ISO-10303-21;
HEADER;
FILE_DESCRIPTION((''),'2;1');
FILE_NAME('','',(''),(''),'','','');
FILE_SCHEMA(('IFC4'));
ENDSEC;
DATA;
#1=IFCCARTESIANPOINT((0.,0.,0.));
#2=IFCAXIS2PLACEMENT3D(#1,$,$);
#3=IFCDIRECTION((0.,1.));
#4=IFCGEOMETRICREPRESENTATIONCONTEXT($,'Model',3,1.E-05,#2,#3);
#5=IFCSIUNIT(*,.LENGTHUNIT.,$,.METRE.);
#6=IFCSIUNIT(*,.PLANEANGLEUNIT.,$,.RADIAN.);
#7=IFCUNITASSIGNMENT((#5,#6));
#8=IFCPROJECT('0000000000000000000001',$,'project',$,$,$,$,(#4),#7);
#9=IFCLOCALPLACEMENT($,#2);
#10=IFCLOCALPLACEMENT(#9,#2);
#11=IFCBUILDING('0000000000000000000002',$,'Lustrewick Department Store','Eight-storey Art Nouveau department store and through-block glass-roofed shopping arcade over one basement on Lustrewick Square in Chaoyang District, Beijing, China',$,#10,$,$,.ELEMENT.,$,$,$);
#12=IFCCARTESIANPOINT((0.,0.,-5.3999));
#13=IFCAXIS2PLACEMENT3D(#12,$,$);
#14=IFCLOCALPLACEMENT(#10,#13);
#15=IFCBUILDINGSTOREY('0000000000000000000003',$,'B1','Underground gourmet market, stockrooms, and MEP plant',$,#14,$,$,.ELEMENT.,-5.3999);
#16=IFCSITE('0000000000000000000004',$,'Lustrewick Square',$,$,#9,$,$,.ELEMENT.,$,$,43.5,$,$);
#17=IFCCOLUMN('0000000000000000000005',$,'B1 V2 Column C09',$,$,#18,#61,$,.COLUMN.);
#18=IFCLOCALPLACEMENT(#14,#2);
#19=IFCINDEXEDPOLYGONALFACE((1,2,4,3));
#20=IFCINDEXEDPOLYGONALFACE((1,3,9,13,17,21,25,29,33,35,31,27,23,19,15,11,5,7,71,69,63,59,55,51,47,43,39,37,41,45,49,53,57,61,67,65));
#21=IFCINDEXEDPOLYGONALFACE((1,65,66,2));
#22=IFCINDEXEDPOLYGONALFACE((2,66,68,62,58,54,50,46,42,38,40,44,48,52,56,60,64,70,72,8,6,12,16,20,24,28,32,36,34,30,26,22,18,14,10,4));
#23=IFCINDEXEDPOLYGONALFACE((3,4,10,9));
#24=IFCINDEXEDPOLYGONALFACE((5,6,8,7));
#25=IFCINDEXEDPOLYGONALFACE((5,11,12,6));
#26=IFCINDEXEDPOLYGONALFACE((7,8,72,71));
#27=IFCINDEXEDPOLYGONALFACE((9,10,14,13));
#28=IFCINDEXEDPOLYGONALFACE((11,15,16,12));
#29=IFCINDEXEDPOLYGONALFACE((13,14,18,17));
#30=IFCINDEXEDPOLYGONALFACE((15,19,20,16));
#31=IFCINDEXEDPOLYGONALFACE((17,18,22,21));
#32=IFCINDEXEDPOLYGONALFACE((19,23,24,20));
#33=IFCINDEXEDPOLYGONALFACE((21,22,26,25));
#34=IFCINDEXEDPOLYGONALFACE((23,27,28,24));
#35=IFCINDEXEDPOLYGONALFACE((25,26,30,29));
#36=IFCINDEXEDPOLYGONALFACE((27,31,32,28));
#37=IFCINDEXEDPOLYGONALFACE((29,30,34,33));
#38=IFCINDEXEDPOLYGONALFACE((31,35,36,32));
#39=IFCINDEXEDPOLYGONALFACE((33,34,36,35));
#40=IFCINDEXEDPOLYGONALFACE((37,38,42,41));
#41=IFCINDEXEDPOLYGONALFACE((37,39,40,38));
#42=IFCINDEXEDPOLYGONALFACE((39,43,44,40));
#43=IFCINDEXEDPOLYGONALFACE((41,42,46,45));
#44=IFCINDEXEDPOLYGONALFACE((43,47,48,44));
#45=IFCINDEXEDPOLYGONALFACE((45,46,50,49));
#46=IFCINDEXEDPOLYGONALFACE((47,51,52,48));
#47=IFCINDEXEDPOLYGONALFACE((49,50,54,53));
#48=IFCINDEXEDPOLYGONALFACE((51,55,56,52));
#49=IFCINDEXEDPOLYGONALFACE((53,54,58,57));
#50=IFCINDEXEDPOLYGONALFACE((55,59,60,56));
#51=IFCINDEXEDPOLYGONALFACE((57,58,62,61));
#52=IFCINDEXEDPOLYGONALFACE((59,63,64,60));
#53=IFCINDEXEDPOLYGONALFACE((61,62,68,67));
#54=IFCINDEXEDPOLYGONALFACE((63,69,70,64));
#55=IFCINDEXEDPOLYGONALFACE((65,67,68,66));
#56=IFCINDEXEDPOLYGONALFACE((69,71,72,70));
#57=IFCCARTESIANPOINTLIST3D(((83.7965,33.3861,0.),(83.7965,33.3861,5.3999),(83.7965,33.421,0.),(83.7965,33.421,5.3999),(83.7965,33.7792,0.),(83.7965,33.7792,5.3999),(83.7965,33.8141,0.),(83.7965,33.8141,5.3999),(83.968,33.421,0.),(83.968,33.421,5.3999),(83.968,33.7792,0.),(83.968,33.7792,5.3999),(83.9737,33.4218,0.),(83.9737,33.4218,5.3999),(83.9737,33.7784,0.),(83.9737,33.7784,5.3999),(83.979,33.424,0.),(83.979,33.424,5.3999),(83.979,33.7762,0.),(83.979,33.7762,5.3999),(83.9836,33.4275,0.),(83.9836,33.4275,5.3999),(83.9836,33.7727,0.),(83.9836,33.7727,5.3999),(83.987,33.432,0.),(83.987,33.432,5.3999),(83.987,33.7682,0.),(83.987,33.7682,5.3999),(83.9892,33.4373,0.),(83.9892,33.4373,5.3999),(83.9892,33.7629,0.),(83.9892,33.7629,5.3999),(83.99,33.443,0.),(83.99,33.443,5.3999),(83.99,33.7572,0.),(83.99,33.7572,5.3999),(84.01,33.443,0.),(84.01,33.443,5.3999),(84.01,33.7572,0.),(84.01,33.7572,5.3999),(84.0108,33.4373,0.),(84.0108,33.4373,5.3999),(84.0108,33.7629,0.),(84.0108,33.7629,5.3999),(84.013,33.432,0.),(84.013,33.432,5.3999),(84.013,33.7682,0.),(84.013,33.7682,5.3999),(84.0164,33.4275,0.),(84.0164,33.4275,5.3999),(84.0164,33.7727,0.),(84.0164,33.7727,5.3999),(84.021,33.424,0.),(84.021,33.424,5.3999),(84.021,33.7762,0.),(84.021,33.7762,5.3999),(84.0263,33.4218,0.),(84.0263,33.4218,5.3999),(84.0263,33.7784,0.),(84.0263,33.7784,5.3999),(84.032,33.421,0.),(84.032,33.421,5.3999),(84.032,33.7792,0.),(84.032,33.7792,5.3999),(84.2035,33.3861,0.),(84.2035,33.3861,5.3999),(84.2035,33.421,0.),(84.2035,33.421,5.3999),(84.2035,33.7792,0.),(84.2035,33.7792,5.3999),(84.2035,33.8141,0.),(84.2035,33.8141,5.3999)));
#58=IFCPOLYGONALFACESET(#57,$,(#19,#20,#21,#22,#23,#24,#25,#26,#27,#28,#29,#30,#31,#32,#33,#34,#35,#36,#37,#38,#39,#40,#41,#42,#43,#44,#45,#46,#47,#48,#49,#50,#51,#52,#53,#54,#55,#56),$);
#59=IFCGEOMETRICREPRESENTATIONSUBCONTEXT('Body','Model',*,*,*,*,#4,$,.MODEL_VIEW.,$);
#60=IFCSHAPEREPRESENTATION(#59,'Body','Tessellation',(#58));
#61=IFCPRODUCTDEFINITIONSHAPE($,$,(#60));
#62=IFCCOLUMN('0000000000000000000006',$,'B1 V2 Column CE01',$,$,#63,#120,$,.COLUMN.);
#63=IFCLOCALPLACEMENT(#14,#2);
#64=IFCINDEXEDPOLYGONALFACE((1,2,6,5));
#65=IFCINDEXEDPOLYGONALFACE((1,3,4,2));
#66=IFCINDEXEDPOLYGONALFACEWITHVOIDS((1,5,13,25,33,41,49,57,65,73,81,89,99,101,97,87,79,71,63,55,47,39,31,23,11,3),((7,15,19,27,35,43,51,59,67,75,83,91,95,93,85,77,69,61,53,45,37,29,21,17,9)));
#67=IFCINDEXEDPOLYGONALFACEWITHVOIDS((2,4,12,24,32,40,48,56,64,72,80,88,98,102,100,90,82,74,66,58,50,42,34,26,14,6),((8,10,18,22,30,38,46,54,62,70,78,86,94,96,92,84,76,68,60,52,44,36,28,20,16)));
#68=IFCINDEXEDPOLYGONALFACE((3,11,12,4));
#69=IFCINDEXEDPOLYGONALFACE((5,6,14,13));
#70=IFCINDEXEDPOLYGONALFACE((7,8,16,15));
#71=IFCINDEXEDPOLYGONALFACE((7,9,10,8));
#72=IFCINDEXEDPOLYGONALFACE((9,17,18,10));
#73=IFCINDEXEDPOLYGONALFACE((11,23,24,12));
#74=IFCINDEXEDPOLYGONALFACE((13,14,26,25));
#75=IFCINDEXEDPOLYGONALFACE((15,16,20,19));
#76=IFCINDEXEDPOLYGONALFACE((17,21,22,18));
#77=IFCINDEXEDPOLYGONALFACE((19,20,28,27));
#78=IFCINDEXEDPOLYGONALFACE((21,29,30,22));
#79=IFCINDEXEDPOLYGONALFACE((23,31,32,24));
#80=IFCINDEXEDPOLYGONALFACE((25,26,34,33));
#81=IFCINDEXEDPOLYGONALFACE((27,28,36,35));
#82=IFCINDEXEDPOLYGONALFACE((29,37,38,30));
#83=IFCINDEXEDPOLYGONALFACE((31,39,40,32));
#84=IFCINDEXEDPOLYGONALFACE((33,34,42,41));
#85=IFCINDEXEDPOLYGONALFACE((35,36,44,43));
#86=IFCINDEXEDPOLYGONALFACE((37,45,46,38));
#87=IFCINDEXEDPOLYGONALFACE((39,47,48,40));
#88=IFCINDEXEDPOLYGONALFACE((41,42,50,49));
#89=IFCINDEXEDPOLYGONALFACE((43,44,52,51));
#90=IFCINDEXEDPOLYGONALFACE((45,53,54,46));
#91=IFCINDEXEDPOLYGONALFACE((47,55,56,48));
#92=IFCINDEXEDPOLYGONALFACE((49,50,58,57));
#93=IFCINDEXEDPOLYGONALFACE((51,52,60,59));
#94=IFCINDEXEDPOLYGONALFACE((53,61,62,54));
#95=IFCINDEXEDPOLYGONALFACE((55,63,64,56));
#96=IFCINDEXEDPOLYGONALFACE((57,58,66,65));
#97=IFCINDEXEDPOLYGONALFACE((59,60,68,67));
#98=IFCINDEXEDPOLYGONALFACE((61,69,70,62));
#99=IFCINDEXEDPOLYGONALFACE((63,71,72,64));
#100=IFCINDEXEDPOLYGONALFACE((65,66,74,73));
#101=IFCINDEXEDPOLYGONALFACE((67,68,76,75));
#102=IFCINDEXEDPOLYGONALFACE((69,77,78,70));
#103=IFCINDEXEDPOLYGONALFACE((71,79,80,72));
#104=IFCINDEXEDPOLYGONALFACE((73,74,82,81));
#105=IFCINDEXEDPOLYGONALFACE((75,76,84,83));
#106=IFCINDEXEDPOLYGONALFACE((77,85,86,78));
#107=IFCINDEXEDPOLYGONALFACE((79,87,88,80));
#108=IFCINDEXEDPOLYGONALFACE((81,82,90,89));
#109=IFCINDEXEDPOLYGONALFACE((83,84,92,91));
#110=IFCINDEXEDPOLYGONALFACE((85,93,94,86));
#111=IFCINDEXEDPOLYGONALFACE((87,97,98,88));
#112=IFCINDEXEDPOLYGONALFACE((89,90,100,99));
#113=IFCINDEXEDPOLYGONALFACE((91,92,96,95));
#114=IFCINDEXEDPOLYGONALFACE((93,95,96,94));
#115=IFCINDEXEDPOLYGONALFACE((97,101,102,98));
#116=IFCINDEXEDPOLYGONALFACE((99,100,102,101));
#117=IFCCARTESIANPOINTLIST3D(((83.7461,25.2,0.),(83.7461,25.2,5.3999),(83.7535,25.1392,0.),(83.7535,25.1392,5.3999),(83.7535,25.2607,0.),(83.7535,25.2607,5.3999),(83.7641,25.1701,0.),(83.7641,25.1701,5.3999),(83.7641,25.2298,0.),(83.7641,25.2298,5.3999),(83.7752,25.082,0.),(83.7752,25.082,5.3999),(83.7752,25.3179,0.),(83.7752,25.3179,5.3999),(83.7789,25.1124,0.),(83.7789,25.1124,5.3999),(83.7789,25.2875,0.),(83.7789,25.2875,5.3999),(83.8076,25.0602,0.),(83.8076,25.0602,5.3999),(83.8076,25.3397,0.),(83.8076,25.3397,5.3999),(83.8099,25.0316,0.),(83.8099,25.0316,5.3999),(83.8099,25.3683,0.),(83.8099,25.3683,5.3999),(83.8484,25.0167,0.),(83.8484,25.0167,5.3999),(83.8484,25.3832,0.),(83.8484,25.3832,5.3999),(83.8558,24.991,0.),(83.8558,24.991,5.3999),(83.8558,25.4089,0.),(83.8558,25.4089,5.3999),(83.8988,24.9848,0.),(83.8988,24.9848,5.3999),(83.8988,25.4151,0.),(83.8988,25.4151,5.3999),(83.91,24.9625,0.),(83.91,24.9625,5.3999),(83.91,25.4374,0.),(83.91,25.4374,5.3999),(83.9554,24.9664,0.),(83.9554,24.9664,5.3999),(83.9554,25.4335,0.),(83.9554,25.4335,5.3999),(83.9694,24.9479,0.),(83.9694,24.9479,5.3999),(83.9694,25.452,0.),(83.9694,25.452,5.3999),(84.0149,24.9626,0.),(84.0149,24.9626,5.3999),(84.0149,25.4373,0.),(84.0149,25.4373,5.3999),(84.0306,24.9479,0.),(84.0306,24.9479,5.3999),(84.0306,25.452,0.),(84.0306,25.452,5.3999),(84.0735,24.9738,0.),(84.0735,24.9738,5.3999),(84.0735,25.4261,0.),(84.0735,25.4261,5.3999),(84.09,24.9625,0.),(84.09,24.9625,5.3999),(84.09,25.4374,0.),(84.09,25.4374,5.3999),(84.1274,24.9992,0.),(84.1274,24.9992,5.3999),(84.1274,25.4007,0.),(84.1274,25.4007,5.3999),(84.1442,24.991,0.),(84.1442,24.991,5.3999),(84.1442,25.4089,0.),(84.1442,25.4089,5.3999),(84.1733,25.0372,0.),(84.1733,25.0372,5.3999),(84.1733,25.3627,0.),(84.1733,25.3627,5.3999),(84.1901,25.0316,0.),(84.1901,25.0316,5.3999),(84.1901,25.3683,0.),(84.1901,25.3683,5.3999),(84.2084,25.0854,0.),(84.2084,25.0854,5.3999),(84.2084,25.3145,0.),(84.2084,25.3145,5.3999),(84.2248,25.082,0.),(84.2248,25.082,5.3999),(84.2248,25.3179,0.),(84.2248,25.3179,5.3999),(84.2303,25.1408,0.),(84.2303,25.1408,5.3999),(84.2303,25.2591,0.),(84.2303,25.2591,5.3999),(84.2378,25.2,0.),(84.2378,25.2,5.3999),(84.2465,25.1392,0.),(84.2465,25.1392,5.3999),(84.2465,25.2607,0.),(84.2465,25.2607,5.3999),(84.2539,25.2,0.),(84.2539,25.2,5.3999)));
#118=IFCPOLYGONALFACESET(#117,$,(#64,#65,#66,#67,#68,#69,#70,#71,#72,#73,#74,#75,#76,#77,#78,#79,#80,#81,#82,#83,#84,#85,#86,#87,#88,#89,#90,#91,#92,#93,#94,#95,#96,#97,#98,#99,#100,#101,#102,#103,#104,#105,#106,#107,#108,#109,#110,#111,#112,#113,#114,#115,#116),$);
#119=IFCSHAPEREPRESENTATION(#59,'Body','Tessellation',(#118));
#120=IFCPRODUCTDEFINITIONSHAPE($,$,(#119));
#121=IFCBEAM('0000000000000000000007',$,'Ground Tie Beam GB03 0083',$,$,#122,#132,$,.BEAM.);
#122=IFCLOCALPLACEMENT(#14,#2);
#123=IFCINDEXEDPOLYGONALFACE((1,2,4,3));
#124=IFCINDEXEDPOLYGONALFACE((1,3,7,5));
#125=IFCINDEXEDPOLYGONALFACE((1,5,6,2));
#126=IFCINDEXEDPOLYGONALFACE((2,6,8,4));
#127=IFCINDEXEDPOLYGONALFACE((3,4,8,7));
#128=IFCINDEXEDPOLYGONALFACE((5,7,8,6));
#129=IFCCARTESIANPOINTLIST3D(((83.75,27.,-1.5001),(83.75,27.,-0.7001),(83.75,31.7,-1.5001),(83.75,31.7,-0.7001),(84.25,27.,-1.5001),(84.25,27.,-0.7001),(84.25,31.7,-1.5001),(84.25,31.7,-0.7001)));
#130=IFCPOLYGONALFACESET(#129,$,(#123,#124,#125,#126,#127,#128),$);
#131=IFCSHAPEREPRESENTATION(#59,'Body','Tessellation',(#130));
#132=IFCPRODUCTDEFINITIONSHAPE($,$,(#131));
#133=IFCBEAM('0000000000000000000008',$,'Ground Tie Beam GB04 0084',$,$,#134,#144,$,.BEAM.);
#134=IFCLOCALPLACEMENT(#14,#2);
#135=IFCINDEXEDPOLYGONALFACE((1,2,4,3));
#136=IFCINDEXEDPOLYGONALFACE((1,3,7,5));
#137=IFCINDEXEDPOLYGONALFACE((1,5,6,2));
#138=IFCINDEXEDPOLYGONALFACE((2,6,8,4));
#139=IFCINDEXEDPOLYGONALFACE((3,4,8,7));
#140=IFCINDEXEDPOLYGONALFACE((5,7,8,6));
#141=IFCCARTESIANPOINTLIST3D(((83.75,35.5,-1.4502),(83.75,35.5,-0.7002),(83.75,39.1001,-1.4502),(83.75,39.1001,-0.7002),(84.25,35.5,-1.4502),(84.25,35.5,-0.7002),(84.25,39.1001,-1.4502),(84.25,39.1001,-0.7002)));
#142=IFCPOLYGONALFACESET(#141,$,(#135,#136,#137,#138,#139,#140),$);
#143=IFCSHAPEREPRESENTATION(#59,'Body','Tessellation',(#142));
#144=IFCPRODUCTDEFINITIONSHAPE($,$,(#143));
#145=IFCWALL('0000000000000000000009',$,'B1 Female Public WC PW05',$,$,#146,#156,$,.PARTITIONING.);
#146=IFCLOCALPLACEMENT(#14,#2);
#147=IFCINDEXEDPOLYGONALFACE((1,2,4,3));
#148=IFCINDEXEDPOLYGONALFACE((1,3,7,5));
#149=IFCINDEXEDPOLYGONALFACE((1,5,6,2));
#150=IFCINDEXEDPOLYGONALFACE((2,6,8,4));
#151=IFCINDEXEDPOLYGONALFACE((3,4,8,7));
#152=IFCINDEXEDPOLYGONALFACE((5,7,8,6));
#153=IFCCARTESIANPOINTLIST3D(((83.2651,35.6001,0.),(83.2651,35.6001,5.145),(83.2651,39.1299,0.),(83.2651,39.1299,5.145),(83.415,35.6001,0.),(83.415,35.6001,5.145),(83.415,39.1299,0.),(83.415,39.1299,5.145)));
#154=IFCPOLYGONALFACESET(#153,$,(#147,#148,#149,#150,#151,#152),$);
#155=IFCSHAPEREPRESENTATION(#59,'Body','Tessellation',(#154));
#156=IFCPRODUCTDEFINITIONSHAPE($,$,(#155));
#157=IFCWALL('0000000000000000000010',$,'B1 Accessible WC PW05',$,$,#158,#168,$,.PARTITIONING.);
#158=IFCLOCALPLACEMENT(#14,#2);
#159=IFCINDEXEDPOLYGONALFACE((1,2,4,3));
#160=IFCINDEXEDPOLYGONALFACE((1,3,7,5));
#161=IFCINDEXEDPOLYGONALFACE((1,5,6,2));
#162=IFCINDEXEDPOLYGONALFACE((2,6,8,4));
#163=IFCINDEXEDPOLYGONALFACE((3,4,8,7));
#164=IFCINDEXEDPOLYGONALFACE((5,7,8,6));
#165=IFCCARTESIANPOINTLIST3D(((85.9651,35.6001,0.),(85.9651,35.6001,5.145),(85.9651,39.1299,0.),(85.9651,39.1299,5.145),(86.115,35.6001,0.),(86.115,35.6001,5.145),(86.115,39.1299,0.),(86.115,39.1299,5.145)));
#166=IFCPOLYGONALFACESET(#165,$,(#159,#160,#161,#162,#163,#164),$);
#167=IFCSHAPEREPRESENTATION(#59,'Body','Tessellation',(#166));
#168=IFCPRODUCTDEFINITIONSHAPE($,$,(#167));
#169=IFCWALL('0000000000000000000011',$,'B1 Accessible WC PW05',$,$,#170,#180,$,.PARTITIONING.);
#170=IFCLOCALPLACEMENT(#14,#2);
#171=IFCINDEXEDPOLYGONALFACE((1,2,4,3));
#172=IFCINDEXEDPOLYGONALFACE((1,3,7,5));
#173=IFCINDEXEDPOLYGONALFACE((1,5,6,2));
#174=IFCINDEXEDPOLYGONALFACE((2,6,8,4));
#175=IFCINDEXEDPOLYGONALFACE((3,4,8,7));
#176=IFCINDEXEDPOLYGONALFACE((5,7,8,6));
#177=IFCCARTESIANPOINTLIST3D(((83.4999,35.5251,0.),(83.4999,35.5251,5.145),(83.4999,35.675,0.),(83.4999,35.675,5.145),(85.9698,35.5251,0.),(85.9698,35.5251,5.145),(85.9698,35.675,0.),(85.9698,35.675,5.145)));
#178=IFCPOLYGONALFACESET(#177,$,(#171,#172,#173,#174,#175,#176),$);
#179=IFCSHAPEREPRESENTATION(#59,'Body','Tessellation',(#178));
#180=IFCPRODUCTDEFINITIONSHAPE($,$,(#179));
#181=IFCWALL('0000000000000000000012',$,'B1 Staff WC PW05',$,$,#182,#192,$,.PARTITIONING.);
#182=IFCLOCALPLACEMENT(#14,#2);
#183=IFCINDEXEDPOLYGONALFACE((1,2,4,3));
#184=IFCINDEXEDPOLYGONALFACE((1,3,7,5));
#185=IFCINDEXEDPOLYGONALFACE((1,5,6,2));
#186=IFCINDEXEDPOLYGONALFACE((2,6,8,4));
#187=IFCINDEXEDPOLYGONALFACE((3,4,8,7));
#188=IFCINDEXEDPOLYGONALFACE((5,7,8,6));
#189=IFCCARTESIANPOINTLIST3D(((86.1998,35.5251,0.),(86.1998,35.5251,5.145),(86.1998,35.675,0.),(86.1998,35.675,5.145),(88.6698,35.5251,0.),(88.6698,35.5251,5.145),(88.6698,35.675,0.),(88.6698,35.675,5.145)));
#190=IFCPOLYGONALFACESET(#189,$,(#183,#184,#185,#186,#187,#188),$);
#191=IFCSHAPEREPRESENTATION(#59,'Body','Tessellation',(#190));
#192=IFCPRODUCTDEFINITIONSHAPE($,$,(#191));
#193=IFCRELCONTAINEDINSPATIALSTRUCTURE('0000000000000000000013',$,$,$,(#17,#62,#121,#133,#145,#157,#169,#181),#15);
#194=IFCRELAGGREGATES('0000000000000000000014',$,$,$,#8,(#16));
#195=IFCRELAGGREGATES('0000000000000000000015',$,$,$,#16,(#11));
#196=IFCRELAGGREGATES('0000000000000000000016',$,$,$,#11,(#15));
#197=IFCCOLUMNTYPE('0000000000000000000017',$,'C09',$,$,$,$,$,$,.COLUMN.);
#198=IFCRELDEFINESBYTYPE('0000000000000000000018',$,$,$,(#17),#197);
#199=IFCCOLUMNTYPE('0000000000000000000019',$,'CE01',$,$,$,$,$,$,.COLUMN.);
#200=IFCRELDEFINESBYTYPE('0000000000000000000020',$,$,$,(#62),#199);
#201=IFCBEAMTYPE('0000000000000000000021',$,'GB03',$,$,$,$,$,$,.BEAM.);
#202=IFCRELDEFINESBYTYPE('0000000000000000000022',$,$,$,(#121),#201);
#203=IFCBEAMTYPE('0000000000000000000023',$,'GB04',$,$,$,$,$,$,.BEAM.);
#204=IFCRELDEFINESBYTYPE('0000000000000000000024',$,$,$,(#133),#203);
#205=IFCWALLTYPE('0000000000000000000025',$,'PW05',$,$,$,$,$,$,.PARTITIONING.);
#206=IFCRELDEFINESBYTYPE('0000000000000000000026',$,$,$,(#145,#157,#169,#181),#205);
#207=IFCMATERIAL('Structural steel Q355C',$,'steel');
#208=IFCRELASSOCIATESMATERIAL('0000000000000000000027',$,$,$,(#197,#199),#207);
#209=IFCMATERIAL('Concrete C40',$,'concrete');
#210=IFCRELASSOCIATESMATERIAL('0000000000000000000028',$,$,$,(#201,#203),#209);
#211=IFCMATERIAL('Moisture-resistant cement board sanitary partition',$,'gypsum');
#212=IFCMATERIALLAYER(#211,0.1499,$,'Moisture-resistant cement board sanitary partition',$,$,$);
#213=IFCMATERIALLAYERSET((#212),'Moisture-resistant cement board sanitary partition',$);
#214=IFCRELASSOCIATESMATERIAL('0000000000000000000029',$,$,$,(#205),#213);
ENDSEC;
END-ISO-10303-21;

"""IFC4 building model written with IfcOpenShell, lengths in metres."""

from ifc_helpers import new_model, si_unit, direction, frame, frame_2d, origin, origin_2d, place, context, subcontext, project, spatial, rectangle, hollow_circle, i_section, extrude, material, layer, layer_set, material_profile, profile_set, type_object, element, save


model = new_model("IFC4")

# Units and contexts
model_context = context("Model", 3, precision=1e-05, world=origin(), true_north=direction((0.0, 1.0)))
body_context = subcontext(model_context, "Body", "Model", "MODEL_VIEW")
ifc_project = project(units=[si_unit("LENGTHUNIT", "METRE"), si_unit("PLANEANGLEUNIT", "RADIAN")], contexts=[model_context])

# Site, building, storey
site_placement = place(None, origin())
site = spatial("IfcSite", under=ifc_project, at=site_placement, Name="Lustrewick Square", CompositionType="ELEMENT", RefElevation=43.5)
building_placement = place(site_placement, origin())
building = spatial("IfcBuilding", under=site, at=building_placement, Name="Lustrewick Department Store", Description="Eight-storey Art Nouveau department store and through-block glass-roofed shopping arcade over one basement on Lustrewick Square in Chaoyang District, Beijing, China", CompositionType="ELEMENT")
storey_placement = place(building_placement, frame((0.0, 0.0, -5.3999)))
storey = spatial("IfcBuildingStorey", under=building, at=storey_placement, Name="B1", Description="Underground gourmet market, stockrooms, and MEP plant", CompositionType="ELEMENT", Elevation=-5.3999)

# Shared definitions
ifc_material_1 = material(Name="Concrete C40", Category="concrete")

# Columns
ifc_material_2 = material(Name="Structural steel Q355C", Category="steel")
ifc_material_profile_1 = material_profile(ifc_material_2, i_section(OverallWidth=0.407, OverallDepth=0.428, WebThickness=0.02, FlangeThickness=0.0349, FilletRadius=0.022, at=origin_2d()), Name="HW 428x407x20x35")
ifc_profile_set_1 = profile_set([ifc_material_profile_1], Name="Structural steel Q355C")
column_type_1 = type_object("IfcColumnType", Name="C09", PredefinedType="COLUMN", material=ifc_profile_set_1)
column_1_placement = place(storey_placement, frame((84.0, 33.6001, 0.0), z_axis=(0.0, 0.0, 1.0), x_axis=(1.0, 0.0, 0.0)))
element("IfcColumn", 1, at=column_1_placement, inside=storey, type_object=column_type_1, Name="B1 V2 Column C09", PredefinedType="COLUMN", context=body_context, shape_type="SweptSolid", body=[
    extrude(i_section(OverallWidth=0.407, OverallDepth=0.428, WebThickness=0.02, FlangeThickness=0.0349, FilletRadius=0.022, at=origin_2d()), origin(), (0.0, 0.0, 1.0), 5.3999),
])
ifc_material_profile_2 = material_profile(ifc_material_2, hollow_circle(Radius=0.2539, WallThickness=0.0161, at=origin_2d()), Name="CHS 508x16")
ifc_profile_set_2 = profile_set([ifc_material_profile_2], Name="Structural steel Q355C")
column_type_2 = type_object("IfcColumnType", Name="CE01", PredefinedType="COLUMN", material=ifc_profile_set_2)
column_2_placement = place(storey_placement, frame((84.0, 25.2, 0.0), z_axis=(0.0, 0.0, 1.0), x_axis=(1.0, 0.0, 0.0)))
element("IfcColumn", 2, at=column_2_placement, inside=storey, type_object=column_type_2, Name="B1 V2 Column CE01", PredefinedType="COLUMN", context=body_context, shape_type="SweptSolid", body=[
    extrude(hollow_circle(Radius=0.2539, WallThickness=0.0161, at=origin_2d()), origin(), (0.0, 0.0, 1.0), 5.3999),
])

# Beams
ifc_material_profile_3 = material_profile(ifc_material_1, rectangle(XDim=0.5, YDim=0.8, at=origin_2d()), Name="RC 500x800")
ifc_profile_set_3 = profile_set([ifc_material_profile_3], Name="Concrete C40")
beam_type_1 = type_object("IfcBeamType", Name="GB03", PredefinedType="BEAM", material=ifc_profile_set_3)
beam_1_placement = place(storey_placement, frame((84.0, 27.0, -1.1001), z_axis=(0.0, 1.0, 0.0), x_axis=(-1.0, 0.0, 0.0)))
element("IfcBeam", 3, at=beam_1_placement, inside=storey, type_object=beam_type_1, Name="Ground Tie Beam GB03 0083", PredefinedType="BEAM", context=body_context, shape_type="SweptSolid", body=[
    extrude(rectangle(XDim=0.5, YDim=0.8, at=origin_2d()), origin(), (0.0, 0.0, 1.0), 4.7),
])
ifc_material_profile_4 = material_profile(ifc_material_1, rectangle(XDim=0.5, YDim=0.75, at=origin_2d()), Name="RC 500x750")
ifc_profile_set_4 = profile_set([ifc_material_profile_4], Name="Concrete C40")
beam_type_2 = type_object("IfcBeamType", Name="GB04", PredefinedType="BEAM", material=ifc_profile_set_4)
beam_2_placement = place(storey_placement, frame((84.0, 35.5, -1.0752), z_axis=(0.0, 1.0, 0.0), x_axis=(-1.0, 0.0, 0.0)))
element("IfcBeam", 4, at=beam_2_placement, inside=storey, type_object=beam_type_2, Name="Ground Tie Beam GB04 0084", PredefinedType="BEAM", context=body_context, shape_type="SweptSolid", body=[
    extrude(rectangle(XDim=0.5, YDim=0.75, at=origin_2d()), origin(), (0.0, 0.0, 1.0), 3.6001),
])

# Walls
ifc_material_3 = material(Name="Moisture-resistant cement board sanitary partition", Category="gypsum")
ifc_layer_1 = layer(ifc_material_3, 0.1499, Name="Moisture-resistant cement board sanitary partition")
ifc_layer_set_1 = layer_set([ifc_layer_1], Name="Moisture-resistant cement board sanitary partition")
wall_type_1 = type_object("IfcWallType", Name="PW05", PredefinedType="PARTITIONING", material=ifc_layer_set_1)
for number, where, z_axis, x_axis, name in (
    (5, (83.3401, 35.6001, 0.0), (0.0, 0.0, 1.0), (0.0, 1.0, 0.0), "B1 Female Public WC PW05"),
    (6, (86.04, 35.6001, 0.0), (0.0, 0.0, 1.0), (0.0, 1.0, 0.0), "B1 Accessible WC PW05"),
):
    element("IfcWall", number, at=place(storey_placement, frame(where, z_axis=z_axis, x_axis=x_axis)), inside=storey, type_object=wall_type_1, Name=name, PredefinedType="PARTITIONING", context=body_context, shape_type="SweptSolid", body=[
        extrude(rectangle(XDim=3.5298, YDim=0.1499, at=frame_2d((1.7649, 0.0))), origin(), (0.0, 0.0, 1.0), 5.145),
    ])
for number, where, z_axis, x_axis, name in (
    (7, (83.5, 35.6001, 0.0), (0.0, 0.0, 1.0), (1.0, 0.0, 0.0), "B1 Accessible WC PW05"),
    (8, (86.2, 35.6001, 0.0), (0.0, 0.0, 1.0), (1.0, 0.0, 0.0), "B1 Staff WC PW05"),
):
    element("IfcWall", number, at=place(storey_placement, frame(where, z_axis=z_axis, x_axis=x_axis)), inside=storey, type_object=wall_type_1, Name=name, PredefinedType="PARTITIONING", context=body_context, shape_type="SweptSolid", body=[
        extrude(rectangle(XDim=2.47, YDim=0.1499, at=frame_2d((1.2349, 0.0))), origin(), (0.0, 0.0, 1.0), 5.145),
    ])

save(model, "model.ifc")
